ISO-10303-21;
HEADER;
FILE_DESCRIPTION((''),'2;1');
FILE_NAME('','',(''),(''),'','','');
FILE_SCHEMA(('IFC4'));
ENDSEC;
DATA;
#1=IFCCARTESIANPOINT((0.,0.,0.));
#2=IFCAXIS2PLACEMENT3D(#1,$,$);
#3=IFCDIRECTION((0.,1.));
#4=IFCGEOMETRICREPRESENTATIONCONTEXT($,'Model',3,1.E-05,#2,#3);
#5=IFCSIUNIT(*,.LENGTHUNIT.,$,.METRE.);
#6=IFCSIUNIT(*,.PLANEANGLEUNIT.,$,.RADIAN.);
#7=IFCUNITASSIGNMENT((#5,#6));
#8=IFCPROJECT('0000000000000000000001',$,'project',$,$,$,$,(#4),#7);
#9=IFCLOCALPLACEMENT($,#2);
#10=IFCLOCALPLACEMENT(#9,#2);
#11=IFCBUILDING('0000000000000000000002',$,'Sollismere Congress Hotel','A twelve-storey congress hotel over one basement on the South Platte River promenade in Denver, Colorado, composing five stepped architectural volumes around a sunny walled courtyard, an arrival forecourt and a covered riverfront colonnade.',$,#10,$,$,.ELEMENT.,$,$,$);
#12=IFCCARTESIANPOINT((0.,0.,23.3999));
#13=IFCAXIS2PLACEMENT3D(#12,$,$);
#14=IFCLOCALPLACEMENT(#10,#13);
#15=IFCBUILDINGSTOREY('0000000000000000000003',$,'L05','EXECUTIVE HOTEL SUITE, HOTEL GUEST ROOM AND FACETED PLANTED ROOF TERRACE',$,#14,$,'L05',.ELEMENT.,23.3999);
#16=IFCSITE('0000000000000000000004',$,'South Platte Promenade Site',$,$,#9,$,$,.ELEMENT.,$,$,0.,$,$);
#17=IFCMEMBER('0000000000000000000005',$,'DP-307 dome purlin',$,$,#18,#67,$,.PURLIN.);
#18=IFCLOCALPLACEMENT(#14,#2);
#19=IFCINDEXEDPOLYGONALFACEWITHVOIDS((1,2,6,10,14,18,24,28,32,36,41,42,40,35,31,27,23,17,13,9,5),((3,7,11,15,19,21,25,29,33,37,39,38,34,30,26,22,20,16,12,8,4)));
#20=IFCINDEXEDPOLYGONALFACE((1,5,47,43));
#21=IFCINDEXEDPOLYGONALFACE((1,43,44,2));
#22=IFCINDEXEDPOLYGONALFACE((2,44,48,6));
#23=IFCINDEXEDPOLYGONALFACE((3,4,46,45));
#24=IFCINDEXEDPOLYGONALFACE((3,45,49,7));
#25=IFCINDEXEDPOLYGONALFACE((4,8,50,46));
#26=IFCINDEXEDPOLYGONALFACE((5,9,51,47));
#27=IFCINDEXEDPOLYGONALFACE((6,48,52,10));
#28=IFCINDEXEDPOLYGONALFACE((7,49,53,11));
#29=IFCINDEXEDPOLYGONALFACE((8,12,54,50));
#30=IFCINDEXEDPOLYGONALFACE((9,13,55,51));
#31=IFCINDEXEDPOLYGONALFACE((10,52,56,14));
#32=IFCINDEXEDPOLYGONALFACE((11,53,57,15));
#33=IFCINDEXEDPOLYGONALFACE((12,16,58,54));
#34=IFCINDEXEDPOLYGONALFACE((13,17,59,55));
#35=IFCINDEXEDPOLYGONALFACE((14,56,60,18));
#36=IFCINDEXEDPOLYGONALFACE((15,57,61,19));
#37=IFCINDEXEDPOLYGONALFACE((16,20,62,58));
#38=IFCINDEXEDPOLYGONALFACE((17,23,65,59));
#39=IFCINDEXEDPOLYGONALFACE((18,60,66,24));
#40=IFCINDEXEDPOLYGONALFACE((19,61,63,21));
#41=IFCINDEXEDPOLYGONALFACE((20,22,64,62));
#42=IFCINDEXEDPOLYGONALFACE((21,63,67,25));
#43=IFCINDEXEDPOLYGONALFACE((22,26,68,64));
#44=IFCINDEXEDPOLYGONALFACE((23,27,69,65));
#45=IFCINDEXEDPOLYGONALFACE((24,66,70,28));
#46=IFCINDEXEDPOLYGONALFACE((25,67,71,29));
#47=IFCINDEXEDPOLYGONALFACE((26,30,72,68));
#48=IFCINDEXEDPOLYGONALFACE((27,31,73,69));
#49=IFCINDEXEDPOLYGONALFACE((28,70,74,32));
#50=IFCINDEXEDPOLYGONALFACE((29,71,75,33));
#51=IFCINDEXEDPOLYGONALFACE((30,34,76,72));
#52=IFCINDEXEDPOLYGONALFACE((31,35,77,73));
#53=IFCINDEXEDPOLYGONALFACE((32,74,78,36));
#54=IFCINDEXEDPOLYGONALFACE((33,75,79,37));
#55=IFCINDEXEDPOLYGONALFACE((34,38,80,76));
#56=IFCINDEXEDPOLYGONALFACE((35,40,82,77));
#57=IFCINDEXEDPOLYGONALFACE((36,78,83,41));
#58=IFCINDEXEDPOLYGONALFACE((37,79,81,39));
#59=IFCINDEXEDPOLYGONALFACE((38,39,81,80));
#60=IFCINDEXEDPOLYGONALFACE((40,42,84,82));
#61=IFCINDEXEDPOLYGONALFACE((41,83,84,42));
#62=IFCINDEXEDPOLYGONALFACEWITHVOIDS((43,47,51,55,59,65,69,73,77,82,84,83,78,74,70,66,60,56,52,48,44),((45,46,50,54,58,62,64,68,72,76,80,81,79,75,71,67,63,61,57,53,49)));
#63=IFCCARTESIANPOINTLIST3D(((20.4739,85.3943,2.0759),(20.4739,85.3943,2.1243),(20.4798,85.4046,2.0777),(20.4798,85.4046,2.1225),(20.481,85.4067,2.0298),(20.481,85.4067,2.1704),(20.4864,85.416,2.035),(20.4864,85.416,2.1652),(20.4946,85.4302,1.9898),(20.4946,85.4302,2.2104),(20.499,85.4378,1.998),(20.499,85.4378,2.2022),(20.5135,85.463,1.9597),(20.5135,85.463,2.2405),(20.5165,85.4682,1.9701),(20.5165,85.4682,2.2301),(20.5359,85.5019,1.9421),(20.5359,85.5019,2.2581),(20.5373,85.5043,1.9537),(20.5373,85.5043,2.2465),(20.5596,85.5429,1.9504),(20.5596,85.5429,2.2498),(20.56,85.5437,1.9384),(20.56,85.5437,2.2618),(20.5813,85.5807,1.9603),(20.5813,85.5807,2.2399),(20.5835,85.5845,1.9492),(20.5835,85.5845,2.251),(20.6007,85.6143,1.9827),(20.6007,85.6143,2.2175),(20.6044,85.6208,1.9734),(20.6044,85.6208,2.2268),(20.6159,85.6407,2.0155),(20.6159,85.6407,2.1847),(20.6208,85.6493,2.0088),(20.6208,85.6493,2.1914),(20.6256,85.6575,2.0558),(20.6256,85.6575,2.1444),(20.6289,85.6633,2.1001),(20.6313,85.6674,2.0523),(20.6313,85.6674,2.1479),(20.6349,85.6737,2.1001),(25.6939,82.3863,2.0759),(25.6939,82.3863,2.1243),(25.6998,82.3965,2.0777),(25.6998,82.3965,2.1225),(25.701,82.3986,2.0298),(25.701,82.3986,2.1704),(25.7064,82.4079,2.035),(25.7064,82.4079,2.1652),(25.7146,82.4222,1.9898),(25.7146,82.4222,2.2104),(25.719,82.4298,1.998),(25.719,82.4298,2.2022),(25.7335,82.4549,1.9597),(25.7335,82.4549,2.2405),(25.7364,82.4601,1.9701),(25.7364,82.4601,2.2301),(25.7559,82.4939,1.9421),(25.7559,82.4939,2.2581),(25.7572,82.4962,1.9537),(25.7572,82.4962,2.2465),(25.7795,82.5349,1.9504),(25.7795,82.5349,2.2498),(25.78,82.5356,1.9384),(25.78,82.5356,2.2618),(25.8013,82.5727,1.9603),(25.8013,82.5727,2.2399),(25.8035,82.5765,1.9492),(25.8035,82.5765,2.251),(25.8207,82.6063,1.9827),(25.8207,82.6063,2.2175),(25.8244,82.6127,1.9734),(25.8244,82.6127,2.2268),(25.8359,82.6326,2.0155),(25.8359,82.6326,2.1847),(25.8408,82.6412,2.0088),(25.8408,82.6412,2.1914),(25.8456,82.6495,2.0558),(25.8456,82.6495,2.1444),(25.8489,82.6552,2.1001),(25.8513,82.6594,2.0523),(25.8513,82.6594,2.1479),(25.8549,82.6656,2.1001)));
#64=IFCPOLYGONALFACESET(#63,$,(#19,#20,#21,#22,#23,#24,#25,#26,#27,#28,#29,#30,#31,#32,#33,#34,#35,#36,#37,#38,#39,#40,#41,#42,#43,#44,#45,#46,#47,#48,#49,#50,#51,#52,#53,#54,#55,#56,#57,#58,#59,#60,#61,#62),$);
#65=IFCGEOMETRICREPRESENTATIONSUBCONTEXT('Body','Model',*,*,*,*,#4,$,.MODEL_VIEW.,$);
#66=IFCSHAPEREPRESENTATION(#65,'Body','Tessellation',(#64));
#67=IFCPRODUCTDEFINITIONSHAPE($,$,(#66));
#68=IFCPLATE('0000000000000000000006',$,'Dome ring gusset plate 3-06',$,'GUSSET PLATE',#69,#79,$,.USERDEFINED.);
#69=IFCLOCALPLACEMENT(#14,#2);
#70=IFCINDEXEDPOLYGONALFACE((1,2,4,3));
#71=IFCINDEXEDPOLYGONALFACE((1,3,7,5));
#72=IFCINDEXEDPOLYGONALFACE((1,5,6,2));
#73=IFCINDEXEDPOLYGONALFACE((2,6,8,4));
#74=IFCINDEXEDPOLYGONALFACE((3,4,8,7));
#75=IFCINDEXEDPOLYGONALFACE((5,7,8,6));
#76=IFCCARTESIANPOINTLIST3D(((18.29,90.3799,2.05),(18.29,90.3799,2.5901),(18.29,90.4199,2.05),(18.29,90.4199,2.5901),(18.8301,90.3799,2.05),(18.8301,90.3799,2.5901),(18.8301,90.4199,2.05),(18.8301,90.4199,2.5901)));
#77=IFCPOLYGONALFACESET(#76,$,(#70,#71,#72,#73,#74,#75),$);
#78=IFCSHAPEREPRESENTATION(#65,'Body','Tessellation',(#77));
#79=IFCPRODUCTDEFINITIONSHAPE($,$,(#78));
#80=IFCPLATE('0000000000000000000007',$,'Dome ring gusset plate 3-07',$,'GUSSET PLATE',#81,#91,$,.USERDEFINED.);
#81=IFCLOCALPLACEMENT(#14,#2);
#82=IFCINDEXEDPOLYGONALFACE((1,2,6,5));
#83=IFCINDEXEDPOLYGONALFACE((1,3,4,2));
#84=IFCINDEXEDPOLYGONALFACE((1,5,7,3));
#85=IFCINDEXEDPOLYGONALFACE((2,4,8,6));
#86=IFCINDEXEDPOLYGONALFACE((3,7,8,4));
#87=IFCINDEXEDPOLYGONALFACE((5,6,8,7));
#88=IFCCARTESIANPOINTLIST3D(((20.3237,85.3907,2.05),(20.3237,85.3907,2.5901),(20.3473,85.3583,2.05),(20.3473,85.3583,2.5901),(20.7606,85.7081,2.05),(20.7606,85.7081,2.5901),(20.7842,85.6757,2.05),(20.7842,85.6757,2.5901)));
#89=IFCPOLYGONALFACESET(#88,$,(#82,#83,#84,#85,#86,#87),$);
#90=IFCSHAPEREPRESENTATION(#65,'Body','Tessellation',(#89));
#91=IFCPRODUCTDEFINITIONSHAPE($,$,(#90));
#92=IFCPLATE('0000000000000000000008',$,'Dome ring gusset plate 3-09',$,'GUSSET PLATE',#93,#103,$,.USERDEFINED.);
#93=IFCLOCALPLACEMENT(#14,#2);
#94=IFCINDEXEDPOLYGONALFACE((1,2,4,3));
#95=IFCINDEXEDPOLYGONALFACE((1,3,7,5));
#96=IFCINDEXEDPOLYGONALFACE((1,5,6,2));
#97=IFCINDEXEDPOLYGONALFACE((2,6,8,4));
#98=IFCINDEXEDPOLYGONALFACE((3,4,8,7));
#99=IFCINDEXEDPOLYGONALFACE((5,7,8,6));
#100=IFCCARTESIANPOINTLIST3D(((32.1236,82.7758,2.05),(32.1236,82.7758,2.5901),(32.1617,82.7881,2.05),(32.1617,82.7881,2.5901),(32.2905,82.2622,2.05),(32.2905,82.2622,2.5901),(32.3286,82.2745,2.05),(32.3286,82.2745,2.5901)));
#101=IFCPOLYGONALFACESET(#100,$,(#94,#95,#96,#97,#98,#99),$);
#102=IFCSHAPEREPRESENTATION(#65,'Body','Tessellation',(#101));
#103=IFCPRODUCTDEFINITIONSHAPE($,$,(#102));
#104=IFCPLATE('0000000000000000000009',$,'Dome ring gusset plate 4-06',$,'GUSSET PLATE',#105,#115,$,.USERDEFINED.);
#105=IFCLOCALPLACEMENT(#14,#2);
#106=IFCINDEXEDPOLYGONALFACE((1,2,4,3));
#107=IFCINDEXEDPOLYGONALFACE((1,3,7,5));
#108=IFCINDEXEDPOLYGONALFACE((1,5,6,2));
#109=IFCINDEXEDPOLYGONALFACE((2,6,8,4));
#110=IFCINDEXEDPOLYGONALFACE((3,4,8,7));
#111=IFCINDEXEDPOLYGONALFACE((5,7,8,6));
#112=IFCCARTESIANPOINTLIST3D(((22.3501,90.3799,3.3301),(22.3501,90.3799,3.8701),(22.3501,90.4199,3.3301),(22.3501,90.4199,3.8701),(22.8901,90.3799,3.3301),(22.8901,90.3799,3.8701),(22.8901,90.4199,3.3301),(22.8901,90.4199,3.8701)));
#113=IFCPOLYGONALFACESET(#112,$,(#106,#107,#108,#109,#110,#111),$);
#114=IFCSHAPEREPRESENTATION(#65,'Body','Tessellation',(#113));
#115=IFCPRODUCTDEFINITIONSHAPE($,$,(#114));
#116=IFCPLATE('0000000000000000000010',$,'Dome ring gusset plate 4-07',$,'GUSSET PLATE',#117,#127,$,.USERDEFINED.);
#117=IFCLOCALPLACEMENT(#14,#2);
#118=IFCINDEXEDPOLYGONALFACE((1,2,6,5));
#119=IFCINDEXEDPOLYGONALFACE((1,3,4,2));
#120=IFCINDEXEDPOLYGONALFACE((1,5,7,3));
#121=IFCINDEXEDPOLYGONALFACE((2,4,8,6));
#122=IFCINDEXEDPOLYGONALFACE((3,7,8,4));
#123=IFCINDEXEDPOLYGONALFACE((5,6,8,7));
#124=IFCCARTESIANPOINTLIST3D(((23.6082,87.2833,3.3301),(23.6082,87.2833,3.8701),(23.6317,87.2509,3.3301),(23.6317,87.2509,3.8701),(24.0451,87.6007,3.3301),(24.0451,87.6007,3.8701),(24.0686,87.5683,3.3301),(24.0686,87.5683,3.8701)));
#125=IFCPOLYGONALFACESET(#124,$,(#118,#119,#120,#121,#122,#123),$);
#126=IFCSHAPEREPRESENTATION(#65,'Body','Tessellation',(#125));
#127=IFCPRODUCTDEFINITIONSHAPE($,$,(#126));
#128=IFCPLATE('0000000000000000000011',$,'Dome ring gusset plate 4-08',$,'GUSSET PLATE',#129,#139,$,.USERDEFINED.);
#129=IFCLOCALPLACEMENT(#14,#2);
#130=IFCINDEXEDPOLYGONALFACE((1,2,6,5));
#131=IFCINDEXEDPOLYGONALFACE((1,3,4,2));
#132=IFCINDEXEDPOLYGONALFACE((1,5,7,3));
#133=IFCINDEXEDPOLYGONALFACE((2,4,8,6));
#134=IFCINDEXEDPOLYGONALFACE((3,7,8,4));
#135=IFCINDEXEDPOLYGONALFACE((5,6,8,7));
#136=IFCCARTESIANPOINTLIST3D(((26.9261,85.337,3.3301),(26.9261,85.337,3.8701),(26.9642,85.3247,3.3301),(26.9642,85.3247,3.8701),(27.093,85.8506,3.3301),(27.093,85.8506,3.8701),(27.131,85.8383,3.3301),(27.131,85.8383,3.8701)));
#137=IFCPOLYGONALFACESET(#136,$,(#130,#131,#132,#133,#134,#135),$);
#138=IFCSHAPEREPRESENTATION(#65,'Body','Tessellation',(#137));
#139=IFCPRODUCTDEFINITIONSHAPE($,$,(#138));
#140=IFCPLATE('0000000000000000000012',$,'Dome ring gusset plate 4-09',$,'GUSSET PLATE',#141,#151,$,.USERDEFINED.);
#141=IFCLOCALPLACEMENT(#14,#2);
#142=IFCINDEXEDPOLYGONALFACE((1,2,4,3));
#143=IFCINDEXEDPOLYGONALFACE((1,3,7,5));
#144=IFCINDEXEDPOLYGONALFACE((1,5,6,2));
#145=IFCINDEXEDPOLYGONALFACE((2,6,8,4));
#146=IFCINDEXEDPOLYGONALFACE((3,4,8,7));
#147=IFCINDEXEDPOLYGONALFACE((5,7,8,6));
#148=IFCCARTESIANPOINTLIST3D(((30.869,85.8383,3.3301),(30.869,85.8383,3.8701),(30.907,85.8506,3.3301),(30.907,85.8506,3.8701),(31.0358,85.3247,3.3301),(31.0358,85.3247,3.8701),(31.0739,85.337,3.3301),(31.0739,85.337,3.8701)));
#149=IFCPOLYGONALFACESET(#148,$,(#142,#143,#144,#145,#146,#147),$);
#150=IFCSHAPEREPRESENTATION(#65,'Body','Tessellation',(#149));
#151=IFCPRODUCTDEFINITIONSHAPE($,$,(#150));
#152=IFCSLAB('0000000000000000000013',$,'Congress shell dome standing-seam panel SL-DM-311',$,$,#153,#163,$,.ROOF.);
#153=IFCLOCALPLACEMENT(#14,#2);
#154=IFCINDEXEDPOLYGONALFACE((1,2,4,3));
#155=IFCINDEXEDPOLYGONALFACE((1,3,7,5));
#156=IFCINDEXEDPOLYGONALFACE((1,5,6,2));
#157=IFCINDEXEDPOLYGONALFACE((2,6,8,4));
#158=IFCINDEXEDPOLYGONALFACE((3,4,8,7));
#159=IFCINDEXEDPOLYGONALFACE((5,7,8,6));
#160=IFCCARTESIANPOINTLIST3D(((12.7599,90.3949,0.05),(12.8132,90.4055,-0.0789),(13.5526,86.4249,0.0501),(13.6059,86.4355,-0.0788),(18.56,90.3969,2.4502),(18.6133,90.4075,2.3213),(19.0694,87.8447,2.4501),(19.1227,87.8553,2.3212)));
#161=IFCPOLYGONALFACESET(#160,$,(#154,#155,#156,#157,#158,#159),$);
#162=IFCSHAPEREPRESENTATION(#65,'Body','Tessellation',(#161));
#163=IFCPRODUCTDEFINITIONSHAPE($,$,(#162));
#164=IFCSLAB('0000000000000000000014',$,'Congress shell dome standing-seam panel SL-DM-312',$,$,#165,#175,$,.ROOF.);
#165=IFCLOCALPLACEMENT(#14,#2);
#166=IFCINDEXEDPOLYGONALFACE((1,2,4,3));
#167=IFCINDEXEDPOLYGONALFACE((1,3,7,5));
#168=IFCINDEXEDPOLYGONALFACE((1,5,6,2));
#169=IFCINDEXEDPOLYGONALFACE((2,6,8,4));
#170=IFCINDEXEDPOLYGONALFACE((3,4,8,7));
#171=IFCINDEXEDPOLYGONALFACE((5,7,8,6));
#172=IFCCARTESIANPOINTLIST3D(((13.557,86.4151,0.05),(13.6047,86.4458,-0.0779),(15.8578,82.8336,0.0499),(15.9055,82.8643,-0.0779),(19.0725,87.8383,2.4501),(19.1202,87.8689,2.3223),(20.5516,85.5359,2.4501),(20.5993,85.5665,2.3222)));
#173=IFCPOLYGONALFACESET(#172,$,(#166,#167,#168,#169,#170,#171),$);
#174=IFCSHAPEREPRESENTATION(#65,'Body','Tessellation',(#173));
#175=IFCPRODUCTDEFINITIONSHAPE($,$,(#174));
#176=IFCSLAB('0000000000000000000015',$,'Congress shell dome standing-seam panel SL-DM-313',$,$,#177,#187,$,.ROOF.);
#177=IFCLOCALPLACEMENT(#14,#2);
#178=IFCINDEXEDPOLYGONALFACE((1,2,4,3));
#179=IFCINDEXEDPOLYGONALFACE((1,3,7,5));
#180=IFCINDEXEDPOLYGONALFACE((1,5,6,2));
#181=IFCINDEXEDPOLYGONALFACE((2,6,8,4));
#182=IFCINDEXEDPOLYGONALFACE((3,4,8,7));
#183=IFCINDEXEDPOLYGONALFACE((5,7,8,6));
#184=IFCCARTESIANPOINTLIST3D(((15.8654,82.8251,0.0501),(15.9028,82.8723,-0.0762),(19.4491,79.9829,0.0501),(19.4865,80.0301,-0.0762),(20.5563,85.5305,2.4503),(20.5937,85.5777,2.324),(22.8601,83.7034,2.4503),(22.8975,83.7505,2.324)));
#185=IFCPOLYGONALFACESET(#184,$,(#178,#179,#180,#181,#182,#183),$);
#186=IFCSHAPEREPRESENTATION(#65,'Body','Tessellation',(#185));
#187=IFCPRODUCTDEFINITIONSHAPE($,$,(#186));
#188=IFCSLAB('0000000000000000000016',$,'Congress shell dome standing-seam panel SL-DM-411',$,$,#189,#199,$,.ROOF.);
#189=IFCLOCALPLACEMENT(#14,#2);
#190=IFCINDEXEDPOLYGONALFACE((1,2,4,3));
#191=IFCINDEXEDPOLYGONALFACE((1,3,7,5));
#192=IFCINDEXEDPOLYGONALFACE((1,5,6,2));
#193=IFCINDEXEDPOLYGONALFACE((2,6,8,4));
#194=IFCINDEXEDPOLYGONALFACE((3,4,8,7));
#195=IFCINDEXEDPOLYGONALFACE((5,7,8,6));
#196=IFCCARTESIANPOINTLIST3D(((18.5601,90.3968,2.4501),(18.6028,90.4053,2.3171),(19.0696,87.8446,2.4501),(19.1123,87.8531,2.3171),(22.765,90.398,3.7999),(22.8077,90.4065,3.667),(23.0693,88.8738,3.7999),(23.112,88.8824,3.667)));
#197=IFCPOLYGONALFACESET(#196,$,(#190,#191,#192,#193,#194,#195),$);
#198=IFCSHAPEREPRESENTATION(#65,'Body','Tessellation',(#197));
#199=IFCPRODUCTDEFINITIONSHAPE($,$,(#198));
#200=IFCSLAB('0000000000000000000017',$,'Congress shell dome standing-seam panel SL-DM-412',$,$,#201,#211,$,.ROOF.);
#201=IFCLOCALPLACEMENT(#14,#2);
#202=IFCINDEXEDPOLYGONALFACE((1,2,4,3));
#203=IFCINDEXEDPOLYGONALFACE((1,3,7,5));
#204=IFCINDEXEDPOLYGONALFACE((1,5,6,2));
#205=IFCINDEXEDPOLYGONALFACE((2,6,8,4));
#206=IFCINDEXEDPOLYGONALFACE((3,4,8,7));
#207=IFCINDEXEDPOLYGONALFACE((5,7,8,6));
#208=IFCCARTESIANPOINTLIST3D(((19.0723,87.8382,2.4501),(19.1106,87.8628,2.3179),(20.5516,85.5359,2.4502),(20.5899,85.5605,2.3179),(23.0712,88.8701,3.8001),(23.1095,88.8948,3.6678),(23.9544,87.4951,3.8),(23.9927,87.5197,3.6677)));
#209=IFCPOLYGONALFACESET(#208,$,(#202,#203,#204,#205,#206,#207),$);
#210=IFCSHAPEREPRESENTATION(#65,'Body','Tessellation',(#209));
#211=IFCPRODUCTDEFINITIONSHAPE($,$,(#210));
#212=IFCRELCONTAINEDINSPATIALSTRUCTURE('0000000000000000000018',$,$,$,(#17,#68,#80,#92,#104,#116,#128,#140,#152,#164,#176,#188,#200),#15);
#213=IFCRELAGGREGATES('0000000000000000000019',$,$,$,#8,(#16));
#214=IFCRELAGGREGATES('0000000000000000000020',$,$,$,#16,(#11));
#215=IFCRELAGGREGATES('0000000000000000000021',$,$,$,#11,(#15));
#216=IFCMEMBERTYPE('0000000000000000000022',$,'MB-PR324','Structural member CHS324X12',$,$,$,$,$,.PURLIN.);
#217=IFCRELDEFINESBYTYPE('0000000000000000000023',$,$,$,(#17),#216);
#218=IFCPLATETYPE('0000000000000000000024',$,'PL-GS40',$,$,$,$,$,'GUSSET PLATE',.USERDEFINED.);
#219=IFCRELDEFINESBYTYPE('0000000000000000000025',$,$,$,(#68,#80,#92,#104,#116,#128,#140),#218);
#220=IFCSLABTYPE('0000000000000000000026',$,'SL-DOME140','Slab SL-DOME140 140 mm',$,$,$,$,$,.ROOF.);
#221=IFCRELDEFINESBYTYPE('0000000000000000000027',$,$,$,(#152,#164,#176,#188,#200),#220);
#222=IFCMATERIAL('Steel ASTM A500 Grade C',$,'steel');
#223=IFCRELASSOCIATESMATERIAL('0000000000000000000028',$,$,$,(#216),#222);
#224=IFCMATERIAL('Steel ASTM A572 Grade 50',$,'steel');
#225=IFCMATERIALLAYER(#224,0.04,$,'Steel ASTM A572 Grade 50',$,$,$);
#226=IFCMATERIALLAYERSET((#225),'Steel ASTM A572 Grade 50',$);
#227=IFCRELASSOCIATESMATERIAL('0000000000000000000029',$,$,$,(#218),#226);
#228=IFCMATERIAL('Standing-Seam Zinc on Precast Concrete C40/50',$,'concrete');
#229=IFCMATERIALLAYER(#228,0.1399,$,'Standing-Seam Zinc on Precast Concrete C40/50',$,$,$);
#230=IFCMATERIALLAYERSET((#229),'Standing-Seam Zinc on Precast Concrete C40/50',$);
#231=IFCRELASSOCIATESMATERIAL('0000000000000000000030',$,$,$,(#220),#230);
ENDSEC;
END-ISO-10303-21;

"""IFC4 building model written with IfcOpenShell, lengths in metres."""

from ifc_helpers import new_model, si_unit, direction, frame, origin, origin_2d, place, context, subcontext, project, spatial, polyline, rectangle, hollow_circle, outline, extrude, material, layer, layer_set, material_profile, profile_set, type_object, element, save


model = new_model("IFC4")

# Units and contexts
model_context = context("Model", 3, precision=1e-05, world=origin(), true_north=direction((0.0, 1.0)))
body_context = subcontext(model_context, "Body", "Model", "MODEL_VIEW")
ifc_project = project(units=[si_unit("LENGTHUNIT", "METRE"), si_unit("PLANEANGLEUNIT", "RADIAN")], contexts=[model_context])

# Site, building, storey
site_placement = place(None, origin())
site = spatial("IfcSite", under=ifc_project, at=site_placement, Name="South Platte Promenade Site", CompositionType="ELEMENT", RefElevation=0.0)
building_placement = place(site_placement, origin())
building = spatial("IfcBuilding", under=site, at=building_placement, Name="Sollismere Congress Hotel", Description="A twelve-storey congress hotel over one basement on the South Platte River promenade in Denver, Colorado, composing five stepped architectural volumes around a sunny walled courtyard, an arrival forecourt and a covered riverfront colonnade.", CompositionType="ELEMENT")
storey_placement = place(building_placement, frame((0.0, 0.0, 23.3999)))
storey = spatial("IfcBuildingStorey", under=building, at=storey_placement, Name="L05", Description="EXECUTIVE HOTEL SUITE, HOTEL GUEST ROOM AND FACETED PLANTED ROOF TERRACE", LongName="L05", CompositionType="ELEMENT", Elevation=23.3999)

# Member
ifc_material_1 = material(Name="Steel ASTM A500 Grade C", Category="steel")
ifc_material_profile_1 = material_profile(ifc_material_1, hollow_circle(Radius=0.1621, WallThickness=0.012, at=origin_2d()), Name="CHS324X12")
ifc_profile_set_1 = profile_set([ifc_material_profile_1], Name="Steel ASTM A500 Grade C")
member_type_1 = type_object("IfcMemberType", Name="MB-PR324", Description="Structural member CHS324X12", PredefinedType="PURLIN", material=ifc_profile_set_1)
member_1_placement = place(storey_placement, frame((20.554, 85.5332, 2.1001), z_axis=(0.866434, -0.499291, 0.0), x_axis=(0.499291, 0.866434, 0.0)))
element("IfcMember", 1, at=member_1_placement, inside=storey, type_object=member_type_1, Name="DP-307 dome purlin", PredefinedType="PURLIN", context=body_context, shape_type="SweptSolid", body=[
    extrude(hollow_circle(Radius=0.1621, WallThickness=0.012, at=origin_2d()), origin(), (0.0, 0.0, 1.0), 6.0247),
])

# Plates
ifc_material_2 = material(Name="Steel ASTM A572 Grade 50", Category="steel")
ifc_layer_1 = layer(ifc_material_2, 0.04, Name="Steel ASTM A572 Grade 50")
ifc_layer_set_1 = layer_set([ifc_layer_1], Name="Steel ASTM A572 Grade 50")
plate_type = type_object("IfcPlateType", Name="PL-GS40", ElementType="GUSSET PLATE", PredefinedType="USERDEFINED", material=ifc_layer_set_1)
for number, where, z_axis, x_axis, name in (
    (2, (18.5601, 90.3999, 2.05), (0.0, 0.0, 1.0), (-1.0, 0.0, 0.0), "Dome ring gusset plate 3-06"),
    (3, (20.554, 85.5332, 2.05), (0.0, 0.0, 1.0), (-0.809017, -0.587785, 0.0), "Dome ring gusset plate 3-07"),
    (4, (32.2261, 82.5251, 2.05), (0.0, 0.0, 1.0), (0.309017, -0.951057, 0.0), "Dome ring gusset plate 3-09"),
    (5, (22.6201, 90.3999, 3.3301), (0.0, 0.0, 1.0), (-1.0, 0.0, 0.0), "Dome ring gusset plate 4-06"),
    (6, (23.8384, 87.4258, 3.3301), (0.0, 0.0, 1.0), (-0.809017, -0.587785, 0.0), "Dome ring gusset plate 4-07"),
    (7, (27.0286, 85.5876, 3.3301), (0.0, 0.0, 1.0), (-0.309017, -0.951057, 0.0), "Dome ring gusset plate 4-08"),
    (8, (30.9714, 85.5876, 3.3301), (0.0, 0.0, 1.0), (0.309017, -0.951057, 0.0), "Dome ring gusset plate 4-09"),
):
    element("IfcPlate", number, at=place(storey_placement, frame(where, z_axis=z_axis, x_axis=x_axis)), inside=storey, type_object=plate_type, Name=name, ObjectType="GUSSET PLATE", PredefinedType="USERDEFINED", context=body_context, shape_type="SweptSolid", body=[
        extrude(rectangle(XDim=0.54, YDim=0.04, at=origin_2d()), origin(), (0.0, 0.0, 1.0), 0.54),
    ])

# Slabs
ifc_material_3 = material(Name="Standing-Seam Zinc on Precast Concrete C40/50", Category="concrete")
ifc_layer_2 = layer(ifc_material_3, 0.1399, Name="Standing-Seam Zinc on Precast Concrete C40/50")
ifc_layer_set_2 = layer_set([ifc_layer_2], Name="Standing-Seam Zinc on Precast Concrete C40/50")
slab_type = type_object("IfcSlabType", Name="SL-DOME140", Description="Slab SL-DOME140 140 mm", PredefinedType="ROOF", material=ifc_layer_set_2)
slab_1_placement = place(storey_placement, frame((12.8132, 90.4055, -0.0789), z_axis=(-0.381242, -0.07612, 0.921336), x_axis=(0.195812, -0.980641, 0.000006)))
element("IfcSlab", 9, at=slab_1_placement, inside=storey, type_object=slab_type, Name="Congress shell dome standing-seam panel SL-DM-311", PredefinedType="ROOF", context=body_context, shape_type="SweptSolid", body=[
    extrude(outline(polyline([(0.0, 0.0), (4.0483, 0.0), (3.7363, 6.1736), (1.1338, 6.1738), (0.0, 0.0)])), origin(), (0.0, 0.0, 1.0), 0.1399),
])
slab_2_placement = place(storey_placement, frame((13.6047, 86.4458, -0.0779), z_axis=(-0.341208, -0.219208, 0.914071), x_axis=(0.54049, -0.841351, -0.000013)))
element("IfcSlab", 10, at=slab_2_placement, inside=storey, type_object=slab_type, Name="Congress shell dome standing-seam panel SL-DM-312", PredefinedType="ROOF", context=body_context, shape_type="SweptSolid", body=[
    extrude(outline(polyline([(0.0, 0.0), (4.2568, 0.0), (4.5203, 5.9182), (1.7837, 5.9182), (0.0, 0.0)])), origin(), (0.0, 0.0, 1.0), 0.1399),
])
slab_3_placement = place(storey_placement, frame((15.9028, 82.8723, -0.0762), z_axis=(-0.267412, -0.337166, 0.902668), x_axis=(0.783496, -0.621397, 0.000003)))
element("IfcSlab", 11, at=slab_3_placement, inside=storey, type_object=slab_type, Name="Congress shell dome standing-seam panel SL-DM-313", PredefinedType="ROOF", context=body_context, shape_type="SweptSolid", body=[
    extrude(outline(polyline([(0.0, 0.0), (4.574, 0.0), (4.9346, 5.5774), (1.9941, 5.5774), (0.0, 0.0)])), origin(), (0.0, 0.0, 1.0), 0.1399),
])
slab_4_placement = place(storey_placement, frame((18.6028, 90.4053, 2.3171), z_axis=(-0.30507, -0.060915, 0.95038), x_axis=(0.195777, -0.980648, -0.000011)))
element("IfcSlab", 12, at=slab_4_placement, inside=storey, type_object=slab_type, Name="Congress shell dome standing-seam panel SL-DM-411", PredefinedType="ROOF", context=body_context, shape_type="SweptSolid", body=[
    extrude(outline(polyline([(0.0, 0.0), (2.6025, 0.0), (2.3762, 4.3391), (0.822, 4.3391), (0.0, 0.0)])), origin(), (0.0, 0.0, 1.0), 0.1399),
])
slab_5_placement = place(storey_placement, frame((19.1106, 87.8628, 2.3179), z_axis=(-0.2738, -0.17591, 0.945563), x_axis=(0.540556, -0.841308, 0.00001)))
element("IfcSlab", 13, at=slab_5_placement, inside=storey, type_object=slab_type, Name="Congress shell dome standing-seam panel SL-DM-412", PredefinedType="ROOF", context=body_context, shape_type="SweptSolid", body=[
    extrude(outline(polyline([(0.0, 0.0), (2.7366, 0.0), (2.9277, 4.1477), (1.2935, 4.1479), (0.0, 0.0)])), origin(), (0.0, 0.0, 1.0), 0.1399),
])

save(model, "model.ifc")
